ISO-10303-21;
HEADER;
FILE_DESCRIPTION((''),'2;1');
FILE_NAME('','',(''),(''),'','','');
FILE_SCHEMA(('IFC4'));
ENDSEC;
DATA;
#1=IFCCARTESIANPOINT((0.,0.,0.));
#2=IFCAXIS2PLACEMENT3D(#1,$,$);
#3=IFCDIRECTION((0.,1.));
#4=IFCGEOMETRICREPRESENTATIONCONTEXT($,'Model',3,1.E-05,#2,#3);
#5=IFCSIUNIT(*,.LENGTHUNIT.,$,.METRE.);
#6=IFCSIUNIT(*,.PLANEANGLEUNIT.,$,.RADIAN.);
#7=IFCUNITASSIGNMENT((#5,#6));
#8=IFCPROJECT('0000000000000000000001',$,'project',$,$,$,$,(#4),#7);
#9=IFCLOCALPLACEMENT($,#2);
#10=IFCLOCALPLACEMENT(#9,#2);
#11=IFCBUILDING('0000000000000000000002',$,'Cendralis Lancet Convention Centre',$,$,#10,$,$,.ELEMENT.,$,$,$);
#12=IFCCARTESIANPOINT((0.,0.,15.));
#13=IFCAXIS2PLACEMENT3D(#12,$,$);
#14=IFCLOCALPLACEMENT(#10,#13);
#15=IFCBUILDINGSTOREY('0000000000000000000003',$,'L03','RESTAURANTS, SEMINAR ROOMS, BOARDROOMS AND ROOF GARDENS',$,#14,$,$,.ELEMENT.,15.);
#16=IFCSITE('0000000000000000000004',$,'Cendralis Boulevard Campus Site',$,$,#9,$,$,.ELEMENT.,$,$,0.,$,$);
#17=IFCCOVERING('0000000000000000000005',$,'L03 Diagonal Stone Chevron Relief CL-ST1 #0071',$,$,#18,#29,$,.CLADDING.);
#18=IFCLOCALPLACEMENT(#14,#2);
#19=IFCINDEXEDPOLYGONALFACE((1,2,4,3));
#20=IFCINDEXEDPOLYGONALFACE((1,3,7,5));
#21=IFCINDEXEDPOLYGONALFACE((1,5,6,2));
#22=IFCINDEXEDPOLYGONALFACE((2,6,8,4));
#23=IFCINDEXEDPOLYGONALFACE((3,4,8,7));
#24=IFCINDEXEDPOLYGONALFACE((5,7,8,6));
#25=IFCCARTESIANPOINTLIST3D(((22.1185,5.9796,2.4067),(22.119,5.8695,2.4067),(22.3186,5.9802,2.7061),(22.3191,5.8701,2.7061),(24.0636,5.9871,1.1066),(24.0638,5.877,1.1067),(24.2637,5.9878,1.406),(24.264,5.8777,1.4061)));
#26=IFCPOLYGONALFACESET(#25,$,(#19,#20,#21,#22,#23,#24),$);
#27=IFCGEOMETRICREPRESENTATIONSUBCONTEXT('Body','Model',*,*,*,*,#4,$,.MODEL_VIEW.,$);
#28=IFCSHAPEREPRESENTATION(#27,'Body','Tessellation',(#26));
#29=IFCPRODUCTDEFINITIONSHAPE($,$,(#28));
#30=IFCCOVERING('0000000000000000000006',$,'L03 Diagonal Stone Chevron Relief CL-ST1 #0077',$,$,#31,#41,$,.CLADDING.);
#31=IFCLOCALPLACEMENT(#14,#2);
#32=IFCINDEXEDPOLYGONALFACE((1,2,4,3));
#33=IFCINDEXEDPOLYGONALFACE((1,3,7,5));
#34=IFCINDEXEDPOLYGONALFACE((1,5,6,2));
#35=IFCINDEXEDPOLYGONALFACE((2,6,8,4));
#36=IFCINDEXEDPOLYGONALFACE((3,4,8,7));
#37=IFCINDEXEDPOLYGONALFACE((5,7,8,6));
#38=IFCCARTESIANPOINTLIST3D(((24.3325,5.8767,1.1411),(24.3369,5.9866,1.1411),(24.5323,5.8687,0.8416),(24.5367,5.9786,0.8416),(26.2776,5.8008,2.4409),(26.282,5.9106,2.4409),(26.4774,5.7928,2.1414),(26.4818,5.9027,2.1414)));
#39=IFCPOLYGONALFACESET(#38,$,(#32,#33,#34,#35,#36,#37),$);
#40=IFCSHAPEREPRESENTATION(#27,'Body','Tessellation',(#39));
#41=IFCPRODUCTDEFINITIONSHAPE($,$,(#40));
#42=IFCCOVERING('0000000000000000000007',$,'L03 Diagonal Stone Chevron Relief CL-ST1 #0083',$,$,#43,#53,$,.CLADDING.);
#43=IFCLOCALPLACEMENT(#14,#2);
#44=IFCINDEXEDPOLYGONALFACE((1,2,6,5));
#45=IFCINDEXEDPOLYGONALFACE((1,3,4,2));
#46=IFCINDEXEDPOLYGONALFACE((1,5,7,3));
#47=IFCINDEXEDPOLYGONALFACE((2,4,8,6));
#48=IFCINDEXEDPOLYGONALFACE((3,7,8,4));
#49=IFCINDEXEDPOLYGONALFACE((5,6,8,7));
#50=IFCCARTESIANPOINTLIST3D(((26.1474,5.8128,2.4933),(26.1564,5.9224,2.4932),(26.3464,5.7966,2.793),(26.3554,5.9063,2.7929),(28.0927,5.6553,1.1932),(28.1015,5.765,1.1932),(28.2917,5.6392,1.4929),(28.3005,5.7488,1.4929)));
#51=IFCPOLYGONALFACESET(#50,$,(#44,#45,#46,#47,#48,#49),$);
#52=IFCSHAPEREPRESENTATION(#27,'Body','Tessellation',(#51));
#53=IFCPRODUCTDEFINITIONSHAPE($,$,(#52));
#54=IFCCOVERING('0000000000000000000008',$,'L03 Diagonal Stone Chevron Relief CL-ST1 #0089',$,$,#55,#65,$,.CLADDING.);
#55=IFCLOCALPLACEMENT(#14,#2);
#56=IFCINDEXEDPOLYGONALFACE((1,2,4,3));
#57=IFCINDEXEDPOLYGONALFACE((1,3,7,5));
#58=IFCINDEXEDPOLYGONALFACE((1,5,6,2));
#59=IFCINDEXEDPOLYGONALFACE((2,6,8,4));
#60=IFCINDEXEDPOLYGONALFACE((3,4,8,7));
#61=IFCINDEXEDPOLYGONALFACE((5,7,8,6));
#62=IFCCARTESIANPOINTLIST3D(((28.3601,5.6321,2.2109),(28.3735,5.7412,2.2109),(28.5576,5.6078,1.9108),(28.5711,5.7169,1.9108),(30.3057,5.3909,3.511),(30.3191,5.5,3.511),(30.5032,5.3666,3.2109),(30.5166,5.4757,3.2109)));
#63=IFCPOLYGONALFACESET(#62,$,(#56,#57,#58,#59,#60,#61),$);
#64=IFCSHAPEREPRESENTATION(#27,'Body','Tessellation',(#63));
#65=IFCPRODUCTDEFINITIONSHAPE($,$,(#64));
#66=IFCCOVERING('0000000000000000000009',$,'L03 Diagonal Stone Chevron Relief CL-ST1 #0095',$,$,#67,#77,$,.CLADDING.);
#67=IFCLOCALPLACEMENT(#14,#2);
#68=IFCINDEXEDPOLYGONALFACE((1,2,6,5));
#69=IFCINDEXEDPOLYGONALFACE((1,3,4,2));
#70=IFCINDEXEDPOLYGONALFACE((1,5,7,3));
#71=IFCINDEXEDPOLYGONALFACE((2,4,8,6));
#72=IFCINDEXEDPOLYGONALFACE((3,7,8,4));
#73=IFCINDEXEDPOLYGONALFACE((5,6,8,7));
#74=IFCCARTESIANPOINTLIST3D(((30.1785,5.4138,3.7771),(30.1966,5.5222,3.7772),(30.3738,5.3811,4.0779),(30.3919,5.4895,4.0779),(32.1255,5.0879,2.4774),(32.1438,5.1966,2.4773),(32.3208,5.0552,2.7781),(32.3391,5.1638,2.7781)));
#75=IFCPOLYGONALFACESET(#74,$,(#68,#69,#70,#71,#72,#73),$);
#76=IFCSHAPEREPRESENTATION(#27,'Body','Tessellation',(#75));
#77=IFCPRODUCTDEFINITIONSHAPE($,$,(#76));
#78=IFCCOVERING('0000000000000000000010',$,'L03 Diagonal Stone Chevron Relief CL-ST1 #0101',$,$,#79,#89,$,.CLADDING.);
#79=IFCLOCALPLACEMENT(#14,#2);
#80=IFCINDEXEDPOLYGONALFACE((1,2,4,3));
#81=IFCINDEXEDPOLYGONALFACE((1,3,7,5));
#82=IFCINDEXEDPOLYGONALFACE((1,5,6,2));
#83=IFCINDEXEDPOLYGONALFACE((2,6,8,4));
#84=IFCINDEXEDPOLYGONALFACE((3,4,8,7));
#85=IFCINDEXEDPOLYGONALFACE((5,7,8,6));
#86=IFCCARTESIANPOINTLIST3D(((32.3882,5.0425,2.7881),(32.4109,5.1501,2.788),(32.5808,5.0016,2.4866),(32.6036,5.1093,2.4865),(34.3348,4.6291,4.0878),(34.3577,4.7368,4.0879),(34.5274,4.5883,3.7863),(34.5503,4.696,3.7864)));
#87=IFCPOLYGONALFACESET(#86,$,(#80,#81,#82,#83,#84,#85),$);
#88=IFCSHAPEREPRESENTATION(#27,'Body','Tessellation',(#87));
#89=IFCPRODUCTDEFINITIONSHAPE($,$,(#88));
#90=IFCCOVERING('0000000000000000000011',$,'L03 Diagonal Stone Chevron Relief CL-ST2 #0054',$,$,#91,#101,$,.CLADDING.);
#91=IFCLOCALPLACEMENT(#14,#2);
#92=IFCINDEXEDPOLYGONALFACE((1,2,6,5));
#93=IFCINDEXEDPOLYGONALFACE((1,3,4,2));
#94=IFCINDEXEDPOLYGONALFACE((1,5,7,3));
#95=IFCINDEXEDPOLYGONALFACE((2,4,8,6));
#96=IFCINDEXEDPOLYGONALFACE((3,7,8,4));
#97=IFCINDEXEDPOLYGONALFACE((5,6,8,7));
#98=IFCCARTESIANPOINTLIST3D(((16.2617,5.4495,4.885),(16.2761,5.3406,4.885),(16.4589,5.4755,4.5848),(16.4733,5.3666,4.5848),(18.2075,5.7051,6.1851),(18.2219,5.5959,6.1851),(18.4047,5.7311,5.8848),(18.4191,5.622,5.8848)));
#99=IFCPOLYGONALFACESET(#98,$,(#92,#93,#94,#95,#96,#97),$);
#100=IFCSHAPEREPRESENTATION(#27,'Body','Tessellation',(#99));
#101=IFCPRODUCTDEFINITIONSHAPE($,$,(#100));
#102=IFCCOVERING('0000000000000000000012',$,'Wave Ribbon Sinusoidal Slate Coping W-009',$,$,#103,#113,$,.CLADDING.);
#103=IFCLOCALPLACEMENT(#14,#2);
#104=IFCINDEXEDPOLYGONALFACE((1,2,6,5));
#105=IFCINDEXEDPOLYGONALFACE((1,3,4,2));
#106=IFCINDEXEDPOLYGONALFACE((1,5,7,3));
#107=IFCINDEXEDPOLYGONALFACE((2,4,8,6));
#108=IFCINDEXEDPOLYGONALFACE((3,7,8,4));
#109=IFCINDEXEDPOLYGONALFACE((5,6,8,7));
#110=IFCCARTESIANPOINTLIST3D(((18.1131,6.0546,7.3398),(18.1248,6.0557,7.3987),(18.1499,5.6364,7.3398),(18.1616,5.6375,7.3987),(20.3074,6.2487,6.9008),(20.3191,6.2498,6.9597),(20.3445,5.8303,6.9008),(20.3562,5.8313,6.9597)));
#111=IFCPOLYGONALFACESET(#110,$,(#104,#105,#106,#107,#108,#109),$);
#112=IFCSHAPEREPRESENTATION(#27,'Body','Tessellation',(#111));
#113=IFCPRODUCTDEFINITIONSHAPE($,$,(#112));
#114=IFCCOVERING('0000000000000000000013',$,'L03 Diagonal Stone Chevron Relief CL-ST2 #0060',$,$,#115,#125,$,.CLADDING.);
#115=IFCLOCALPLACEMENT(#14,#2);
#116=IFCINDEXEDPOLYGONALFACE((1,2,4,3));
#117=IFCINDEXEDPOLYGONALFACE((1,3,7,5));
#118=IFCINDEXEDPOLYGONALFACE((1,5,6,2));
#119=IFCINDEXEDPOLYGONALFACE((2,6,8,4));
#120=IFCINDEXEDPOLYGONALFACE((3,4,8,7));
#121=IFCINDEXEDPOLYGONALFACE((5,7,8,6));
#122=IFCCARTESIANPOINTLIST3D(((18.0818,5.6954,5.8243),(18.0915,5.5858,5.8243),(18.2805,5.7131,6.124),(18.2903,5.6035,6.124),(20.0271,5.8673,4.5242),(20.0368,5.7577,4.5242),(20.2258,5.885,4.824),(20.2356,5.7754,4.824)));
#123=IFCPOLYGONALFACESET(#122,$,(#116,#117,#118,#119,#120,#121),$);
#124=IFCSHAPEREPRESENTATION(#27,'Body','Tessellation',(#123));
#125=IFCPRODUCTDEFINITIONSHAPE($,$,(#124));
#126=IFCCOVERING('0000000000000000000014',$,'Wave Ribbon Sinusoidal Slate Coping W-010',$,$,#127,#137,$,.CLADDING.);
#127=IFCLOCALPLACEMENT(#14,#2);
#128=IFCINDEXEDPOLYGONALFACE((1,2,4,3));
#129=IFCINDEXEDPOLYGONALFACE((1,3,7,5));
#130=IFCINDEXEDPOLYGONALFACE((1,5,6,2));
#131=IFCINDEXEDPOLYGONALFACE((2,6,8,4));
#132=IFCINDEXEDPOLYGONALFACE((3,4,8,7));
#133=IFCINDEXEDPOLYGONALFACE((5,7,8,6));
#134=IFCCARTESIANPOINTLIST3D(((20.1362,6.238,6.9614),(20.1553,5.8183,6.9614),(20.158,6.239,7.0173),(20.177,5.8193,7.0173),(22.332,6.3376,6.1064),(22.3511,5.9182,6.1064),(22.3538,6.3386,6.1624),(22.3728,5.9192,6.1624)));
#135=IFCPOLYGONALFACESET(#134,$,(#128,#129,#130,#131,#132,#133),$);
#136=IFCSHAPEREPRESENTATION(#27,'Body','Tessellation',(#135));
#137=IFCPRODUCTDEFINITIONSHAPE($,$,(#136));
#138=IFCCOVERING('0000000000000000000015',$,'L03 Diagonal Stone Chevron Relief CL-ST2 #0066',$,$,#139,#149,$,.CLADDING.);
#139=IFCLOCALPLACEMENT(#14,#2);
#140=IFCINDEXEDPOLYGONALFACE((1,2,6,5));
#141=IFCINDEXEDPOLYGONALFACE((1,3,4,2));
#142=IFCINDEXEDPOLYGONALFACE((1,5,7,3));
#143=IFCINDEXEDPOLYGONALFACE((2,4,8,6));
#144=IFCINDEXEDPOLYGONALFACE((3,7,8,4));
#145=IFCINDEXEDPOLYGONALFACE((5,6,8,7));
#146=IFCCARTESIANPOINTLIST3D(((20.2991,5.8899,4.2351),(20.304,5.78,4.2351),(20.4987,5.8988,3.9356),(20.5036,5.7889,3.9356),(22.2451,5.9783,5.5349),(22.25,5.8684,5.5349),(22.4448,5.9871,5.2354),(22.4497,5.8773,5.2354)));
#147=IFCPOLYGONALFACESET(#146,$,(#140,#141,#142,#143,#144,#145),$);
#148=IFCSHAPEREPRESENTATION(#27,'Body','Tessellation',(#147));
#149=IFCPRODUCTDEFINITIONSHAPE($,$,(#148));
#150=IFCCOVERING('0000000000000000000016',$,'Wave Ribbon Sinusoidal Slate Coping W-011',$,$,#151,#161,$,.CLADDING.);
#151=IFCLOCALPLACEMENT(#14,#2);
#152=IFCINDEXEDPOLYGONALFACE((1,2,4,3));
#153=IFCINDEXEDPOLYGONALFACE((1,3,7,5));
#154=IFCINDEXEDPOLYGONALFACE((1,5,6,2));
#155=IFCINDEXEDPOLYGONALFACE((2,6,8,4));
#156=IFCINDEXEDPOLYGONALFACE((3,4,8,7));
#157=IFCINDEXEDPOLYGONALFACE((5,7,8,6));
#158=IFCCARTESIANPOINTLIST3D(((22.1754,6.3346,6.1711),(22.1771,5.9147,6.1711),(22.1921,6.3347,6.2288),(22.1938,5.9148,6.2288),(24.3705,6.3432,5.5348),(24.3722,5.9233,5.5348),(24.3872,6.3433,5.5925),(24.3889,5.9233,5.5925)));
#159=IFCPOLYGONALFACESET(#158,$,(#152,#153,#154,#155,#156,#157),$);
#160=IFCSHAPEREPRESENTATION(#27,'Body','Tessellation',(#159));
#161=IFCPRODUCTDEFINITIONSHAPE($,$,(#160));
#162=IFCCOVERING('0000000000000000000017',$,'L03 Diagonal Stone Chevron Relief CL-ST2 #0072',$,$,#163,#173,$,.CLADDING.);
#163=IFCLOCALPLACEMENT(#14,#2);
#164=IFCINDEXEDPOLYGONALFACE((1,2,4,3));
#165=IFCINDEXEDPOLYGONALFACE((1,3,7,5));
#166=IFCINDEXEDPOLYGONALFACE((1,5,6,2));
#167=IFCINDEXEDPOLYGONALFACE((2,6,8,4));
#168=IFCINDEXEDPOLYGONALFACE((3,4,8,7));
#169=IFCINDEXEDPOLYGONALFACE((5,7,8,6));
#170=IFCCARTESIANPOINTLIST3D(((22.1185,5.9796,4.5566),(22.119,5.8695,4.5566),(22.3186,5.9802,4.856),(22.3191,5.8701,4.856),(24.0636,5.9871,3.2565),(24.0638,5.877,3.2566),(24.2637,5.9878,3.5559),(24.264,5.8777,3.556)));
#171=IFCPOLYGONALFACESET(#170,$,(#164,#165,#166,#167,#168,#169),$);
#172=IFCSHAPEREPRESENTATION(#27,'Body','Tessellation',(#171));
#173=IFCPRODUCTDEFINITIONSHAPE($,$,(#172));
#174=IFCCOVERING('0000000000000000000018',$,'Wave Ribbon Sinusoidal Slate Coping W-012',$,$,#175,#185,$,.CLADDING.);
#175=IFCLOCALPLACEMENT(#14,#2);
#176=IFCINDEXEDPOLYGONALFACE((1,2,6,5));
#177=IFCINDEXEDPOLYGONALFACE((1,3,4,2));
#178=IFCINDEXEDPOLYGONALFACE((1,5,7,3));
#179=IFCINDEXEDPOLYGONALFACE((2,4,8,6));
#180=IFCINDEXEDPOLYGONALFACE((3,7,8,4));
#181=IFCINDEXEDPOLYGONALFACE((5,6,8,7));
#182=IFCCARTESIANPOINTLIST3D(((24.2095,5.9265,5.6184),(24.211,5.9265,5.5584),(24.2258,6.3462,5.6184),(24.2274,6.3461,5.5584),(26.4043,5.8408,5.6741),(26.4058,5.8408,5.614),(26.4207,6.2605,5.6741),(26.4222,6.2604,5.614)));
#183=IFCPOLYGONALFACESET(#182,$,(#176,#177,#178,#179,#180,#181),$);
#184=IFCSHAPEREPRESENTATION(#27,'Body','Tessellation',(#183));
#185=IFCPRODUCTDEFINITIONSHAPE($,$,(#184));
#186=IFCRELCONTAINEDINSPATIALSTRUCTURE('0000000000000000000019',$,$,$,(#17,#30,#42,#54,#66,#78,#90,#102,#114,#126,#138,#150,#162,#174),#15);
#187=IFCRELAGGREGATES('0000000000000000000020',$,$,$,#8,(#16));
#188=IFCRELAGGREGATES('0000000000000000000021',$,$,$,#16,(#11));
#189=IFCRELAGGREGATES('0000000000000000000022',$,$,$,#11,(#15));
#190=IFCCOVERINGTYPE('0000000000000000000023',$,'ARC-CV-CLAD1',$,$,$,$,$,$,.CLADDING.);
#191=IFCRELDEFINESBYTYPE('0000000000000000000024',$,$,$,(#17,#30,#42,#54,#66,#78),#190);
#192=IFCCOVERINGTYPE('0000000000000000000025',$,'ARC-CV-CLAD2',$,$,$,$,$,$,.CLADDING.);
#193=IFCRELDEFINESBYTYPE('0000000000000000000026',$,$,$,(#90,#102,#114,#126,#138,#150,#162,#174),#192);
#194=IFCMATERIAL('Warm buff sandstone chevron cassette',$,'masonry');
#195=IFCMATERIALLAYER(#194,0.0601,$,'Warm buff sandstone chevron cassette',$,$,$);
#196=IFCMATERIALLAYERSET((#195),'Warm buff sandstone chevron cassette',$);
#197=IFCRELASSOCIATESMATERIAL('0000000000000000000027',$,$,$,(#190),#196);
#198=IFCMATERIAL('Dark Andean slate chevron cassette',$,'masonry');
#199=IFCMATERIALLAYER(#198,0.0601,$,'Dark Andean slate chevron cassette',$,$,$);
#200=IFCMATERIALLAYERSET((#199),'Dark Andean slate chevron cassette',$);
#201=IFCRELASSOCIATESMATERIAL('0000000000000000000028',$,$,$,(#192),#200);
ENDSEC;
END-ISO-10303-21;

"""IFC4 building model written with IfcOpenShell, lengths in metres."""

from ifc_helpers import new_model, si_unit, direction, frame, origin, place, context, subcontext, project, spatial, polyline, outline, extrude, material, layer, layer_set, type_object, element, save


model = new_model("IFC4")

# Units and contexts
model_context = context("Model", 3, precision=1e-05, world=origin(), true_north=direction((0.0, 1.0)))
body_context = subcontext(model_context, "Body", "Model", "MODEL_VIEW")
ifc_project = project(units=[si_unit("LENGTHUNIT", "METRE"), si_unit("PLANEANGLEUNIT", "RADIAN")], contexts=[model_context])

# Site, building, storey
site_placement = place(None, origin())
site = spatial("IfcSite", under=ifc_project, at=site_placement, Name="Cendralis Boulevard Campus Site", CompositionType="ELEMENT", RefElevation=0.0)
building_placement = place(site_placement, origin())
building = spatial("IfcBuilding", under=site, at=building_placement, Name="Cendralis Lancet Convention Centre", CompositionType="ELEMENT")
storey_placement = place(building_placement, frame((0.0, 0.0, 15.0)))
storey = spatial("IfcBuildingStorey", under=building, at=storey_placement, Name="L03", Description="RESTAURANTS, SEMINAR ROOMS, BOARDROOMS AND ROOF GARDENS", CompositionType="ELEMENT", Elevation=15.0)

# Shared definitions
ifc_material_1 = material(Name="Warm buff sandstone chevron cassette", Category="masonry")
ifc_material_2 = material(Name="Dark Andean slate chevron cassette", Category="masonry")

# Coverings
ifc_layer_1 = layer(ifc_material_1, 0.0601, Name="Warm buff sandstone chevron cassette")
ifc_layer_set_1 = layer_set([ifc_layer_1], Name="Warm buff sandstone chevron cassette")
covering_type_1 = type_object("IfcCoveringType", Name="ARC-CV-CLAD1", PredefinedType="CLADDING", material=ifc_layer_set_1)
covering_1_placement = place(storey_placement, frame((22.3191, 5.8701, 2.7061), z_axis=(0.555705, 0.001848, 0.831377), x_axis=(0.831371, 0.003235, -0.555708)))
element("IfcCovering", 1, at=covering_1_placement, inside=storey, type_object=covering_type_1, Name="L03 Diagonal Stone Chevron Relief CL-ST1 #0071", PredefinedType="CLADDING", context=body_context, shape_type="SweptSolid", body=[
    extrude(outline(polyline([(0.0, 0.0), (2.3393, 0.0), (2.3395, 0.1101), (0.0, 0.1101), (0.0, 0.0)])), origin(), (0.0, 0.0, -1.0), 0.3601),
])
covering_2_placement = place(storey_placement, frame((24.3325, 5.8767, 1.1411), z_axis=(-0.554879, 0.022195, 0.831635), x_axis=(0.831002, -0.032439, 0.555323)))
element("IfcCovering", 2, at=covering_2_placement, inside=storey, type_object=covering_type_1, Name="L03 Diagonal Stone Chevron Relief CL-ST1 #0077", PredefinedType="CLADDING", context=body_context, shape_type="SweptSolid", body=[
    extrude(outline(polyline([(0.0, 0.0), (2.3406, 0.0), (2.3407, 0.11), (0.0001, 0.11), (0.0, 0.0)])), origin(), (0.0, 0.0, -1.0), 0.3601),
])
covering_3_placement = place(storey_placement, frame((26.3464, 5.7966, 2.793), z_axis=(0.552586, -0.044921, 0.832245), x_axis=(0.829531, -0.06715, -0.554409)))
element("IfcCovering", 3, at=covering_3_placement, inside=storey, type_object=covering_type_1, Name="L03 Diagonal Stone Chevron Relief CL-ST1 #0083", PredefinedType="CLADDING", context=body_context, shape_type="SweptSolid", body=[
    extrude(outline(polyline([(0.0, 0.0), (2.345, 0.0), (2.345, 0.11), (0.0001, 0.11), (0.0, 0.0)])), origin(), (0.0, 0.0, -1.0), 0.3601),
])
covering_4_placement = place(storey_placement, frame((28.3601, 5.6321, 2.2109), z_axis=(-0.548526, 0.067492, 0.833405), x_axis=(0.827073, -0.102541, 0.552662)))
element("IfcCovering", 4, at=covering_4_placement, inside=storey, type_object=covering_type_1, Name="L03 Diagonal Stone Chevron Relief CL-ST1 #0089", PredefinedType="CLADDING", context=body_context, shape_type="SweptSolid", body=[
    extrude(outline(polyline([(0.0, 0.0), (2.3523, 0.0), (2.3523, 0.11), (-0.0001, 0.11), (0.0, 0.0)])), origin(), (0.0, 0.0, -1.0), 0.3601),
])
covering_5_placement = place(storey_placement, frame((30.3738, 5.3811, 4.0779), z_axis=(0.542341, -0.090899, 0.835227), x_axis=(0.823765, -0.137897, -0.549906)))
element("IfcCovering", 5, at=covering_5_placement, inside=storey, type_object=covering_type_1, Name="L03 Diagonal Stone Chevron Relief CL-ST1 #0095", PredefinedType="CLADDING", context=body_context, shape_type="SweptSolid", body=[
    extrude(outline(polyline([(0.0, 0.0), (2.3636, 0.0), (2.3637, 0.1102), (-0.0001, 0.1099), (0.0, 0.0)])), origin(), (0.0, 0.0, -1.0), 0.3601),
])
covering_6_placement = place(storey_placement, frame((32.3882, 5.0425, 2.7881), z_axis=(-0.53495, 0.113419, 0.837236), x_axis=(0.818976, -0.173903, 0.546842)))
element("IfcCovering", 6, at=covering_6_placement, inside=storey, type_object=covering_type_1, Name="L03 Diagonal Stone Chevron Relief CL-ST1 #0101", PredefinedType="CLADDING", context=body_context, shape_type="SweptSolid", body=[
    extrude(outline(polyline([(0.0, 0.0), (2.3768, 0.0), (2.3769, 0.1101), (-0.0001, 0.11), (0.0, 0.0)])), origin(), (0.0, 0.0, -1.0), 0.3601),
])
ifc_layer_2 = layer(ifc_material_2, 0.0601, Name="Dark Andean slate chevron cassette")
ifc_layer_set_2 = layer_set([ifc_layer_2], Name="Dark Andean slate chevron cassette")
covering_type_2 = type_object("IfcCoveringType", Name="ARC-CV-CLAD2", PredefinedType="CLADDING", material=ifc_layer_set_2)
covering_7_placement = place(storey_placement, frame((16.2761, 5.3406, 4.885), z_axis=(-0.547502, -0.072346, 0.833671), x_axis=(0.826583, 0.108483, 0.552261)))
element("IfcCovering", 7, at=covering_7_placement, inside=storey, type_object=covering_type_2, Name="L03 Diagonal Stone Chevron Relief CL-ST2 #0054", PredefinedType="CLADDING", context=body_context, shape_type="SweptSolid", body=[
    extrude(outline(polyline([(0.0, 0.0), (2.354, 0.0), (2.354, 0.1101), (-0.0001, 0.1098), (0.0, 0.0)])), origin(), (0.0, 0.0, -1.0), 0.3601),
])
covering_8_placement = place(storey_placement, frame((18.1616, 5.6375, 7.3987), z_axis=(0.194656, 0.017211, 0.980721), x_axis=(0.976917, 0.086291, -0.195415)))
element("IfcCovering", 8, at=covering_8_placement, inside=storey, type_object=covering_type_2, Name="Wave Ribbon Sinusoidal Slate Coping W-009", PredefinedType="CLADDING", context=body_context, shape_type="SweptSolid", body=[
    extrude(outline(polyline([(0.0, 0.0), (2.2464, 0.0), (2.2463, 0.4201), (0.0001, 0.4198), (0.0, 0.0)])), origin(), (0.0, 0.0, -1.0), 0.0601),
])
covering_9_placement = place(storey_placement, frame((18.2903, 5.6035, 6.124), z_axis=(0.55196, 0.049172, 0.83242), x_axis=(0.829189, 0.073262, -0.554146)))
element("IfcCovering", 9, at=covering_9_placement, inside=storey, type_object=covering_type_2, Name="L03 Diagonal Stone Chevron Relief CL-ST2 #0060", PredefinedType="CLADDING", context=body_context, shape_type="SweptSolid", body=[
    extrude(outline(polyline([(0.0, 0.0), (2.346, 0.0), (2.346, 0.1101), (-0.0001, 0.1101), (0.0, 0.0)])), origin(), (0.0, 0.0, -1.0), 0.3601),
])
covering_10_placement = place(storey_placement, frame((20.177, 5.8193, 7.0173), z_axis=(0.362139, 0.016437, 0.931979), x_axis=(0.931017, 0.042338, -0.362512)))
element("IfcCovering", 10, at=covering_10_placement, inside=storey, type_object=covering_type_2, Name="Wave Ribbon Sinusoidal Slate Coping W-010", PredefinedType="CLADDING", context=body_context, shape_type="SweptSolid", body=[
    extrude(outline(polyline([(0.0, 0.0), (2.3585, 0.0), (2.3585, 0.4199), (0.0, 0.4201), (0.0, 0.0)])), origin(), (0.0, 0.0, -1.0), 0.0601),
])
covering_11_placement = place(storey_placement, frame((20.304, 5.78, 4.2351), z_axis=(-0.554479, -0.024644, 0.831832), x_axis=(0.830976, 0.037738, 0.555027)))
element("IfcCovering", 11, at=covering_11_placement, inside=storey, type_object=covering_type_2, Name="L03 Diagonal Stone Chevron Relief CL-ST2 #0066", PredefinedType="CLADDING", context=body_context, shape_type="SweptSolid", body=[
    extrude(outline(polyline([(0.0, 0.0), (2.3419, 0.0), (2.342, 0.11), (0.0001, 0.11), (0.0, 0.0)])), origin(), (0.0, 0.0, -1.0), 0.3601),
])
covering_12_placement = place(storey_placement, frame((22.1938, 5.9148, 6.2288), z_axis=(0.278383, 0.001133, 0.960469), x_axis=(0.960462, 0.003739, -0.278386)))
element("IfcCovering", 12, at=covering_12_placement, inside=storey, type_object=covering_type_2, Name="Wave Ribbon Sinusoidal Slate Coping W-011", PredefinedType="CLADDING", context=body_context, shape_type="SweptSolid", body=[
    extrude(outline(polyline([(0.0, 0.0), (2.2854, 0.0), (2.2854, 0.4199), (-0.0001, 0.4199), (0.0, 0.0)])), origin(), (0.0, 0.0, -1.0), 0.0601),
])
covering_13_placement = place(storey_placement, frame((22.3191, 5.8701, 4.856), z_axis=(0.555705, 0.001848, 0.831377), x_axis=(0.831371, 0.003235, -0.555708)))
element("IfcCovering", 13, at=covering_13_placement, inside=storey, type_object=covering_type_2, Name="L03 Diagonal Stone Chevron Relief CL-ST2 #0072", PredefinedType="CLADDING", context=body_context, shape_type="SweptSolid", body=[
    extrude(outline(polyline([(0.0, 0.0), (2.3393, 0.0), (2.3395, 0.1101), (0.0, 0.1101), (0.0, 0.0)])), origin(), (0.0, 0.0, -1.0), 0.3601),
])
covering_14_placement = place(storey_placement, frame((24.2095, 5.9265, 5.6184), z_axis=(-0.025315, 0.000987, 0.999679), x_axis=(0.998918, -0.039001, 0.025334)))
element("IfcCovering", 14, at=covering_14_placement, inside=storey, type_object=covering_type_2, Name="Wave Ribbon Sinusoidal Slate Coping W-012", PredefinedType="CLADDING", context=body_context, shape_type="SweptSolid", body=[
    extrude(outline(polyline([(0.0, 0.0), (2.1972, 0.0), (2.1972, 0.42), (0.0, 0.42), (0.0, 0.0)])), origin(), (0.0, 0.0, -1.0), 0.0601),
])

save(model, "model.ifc")
